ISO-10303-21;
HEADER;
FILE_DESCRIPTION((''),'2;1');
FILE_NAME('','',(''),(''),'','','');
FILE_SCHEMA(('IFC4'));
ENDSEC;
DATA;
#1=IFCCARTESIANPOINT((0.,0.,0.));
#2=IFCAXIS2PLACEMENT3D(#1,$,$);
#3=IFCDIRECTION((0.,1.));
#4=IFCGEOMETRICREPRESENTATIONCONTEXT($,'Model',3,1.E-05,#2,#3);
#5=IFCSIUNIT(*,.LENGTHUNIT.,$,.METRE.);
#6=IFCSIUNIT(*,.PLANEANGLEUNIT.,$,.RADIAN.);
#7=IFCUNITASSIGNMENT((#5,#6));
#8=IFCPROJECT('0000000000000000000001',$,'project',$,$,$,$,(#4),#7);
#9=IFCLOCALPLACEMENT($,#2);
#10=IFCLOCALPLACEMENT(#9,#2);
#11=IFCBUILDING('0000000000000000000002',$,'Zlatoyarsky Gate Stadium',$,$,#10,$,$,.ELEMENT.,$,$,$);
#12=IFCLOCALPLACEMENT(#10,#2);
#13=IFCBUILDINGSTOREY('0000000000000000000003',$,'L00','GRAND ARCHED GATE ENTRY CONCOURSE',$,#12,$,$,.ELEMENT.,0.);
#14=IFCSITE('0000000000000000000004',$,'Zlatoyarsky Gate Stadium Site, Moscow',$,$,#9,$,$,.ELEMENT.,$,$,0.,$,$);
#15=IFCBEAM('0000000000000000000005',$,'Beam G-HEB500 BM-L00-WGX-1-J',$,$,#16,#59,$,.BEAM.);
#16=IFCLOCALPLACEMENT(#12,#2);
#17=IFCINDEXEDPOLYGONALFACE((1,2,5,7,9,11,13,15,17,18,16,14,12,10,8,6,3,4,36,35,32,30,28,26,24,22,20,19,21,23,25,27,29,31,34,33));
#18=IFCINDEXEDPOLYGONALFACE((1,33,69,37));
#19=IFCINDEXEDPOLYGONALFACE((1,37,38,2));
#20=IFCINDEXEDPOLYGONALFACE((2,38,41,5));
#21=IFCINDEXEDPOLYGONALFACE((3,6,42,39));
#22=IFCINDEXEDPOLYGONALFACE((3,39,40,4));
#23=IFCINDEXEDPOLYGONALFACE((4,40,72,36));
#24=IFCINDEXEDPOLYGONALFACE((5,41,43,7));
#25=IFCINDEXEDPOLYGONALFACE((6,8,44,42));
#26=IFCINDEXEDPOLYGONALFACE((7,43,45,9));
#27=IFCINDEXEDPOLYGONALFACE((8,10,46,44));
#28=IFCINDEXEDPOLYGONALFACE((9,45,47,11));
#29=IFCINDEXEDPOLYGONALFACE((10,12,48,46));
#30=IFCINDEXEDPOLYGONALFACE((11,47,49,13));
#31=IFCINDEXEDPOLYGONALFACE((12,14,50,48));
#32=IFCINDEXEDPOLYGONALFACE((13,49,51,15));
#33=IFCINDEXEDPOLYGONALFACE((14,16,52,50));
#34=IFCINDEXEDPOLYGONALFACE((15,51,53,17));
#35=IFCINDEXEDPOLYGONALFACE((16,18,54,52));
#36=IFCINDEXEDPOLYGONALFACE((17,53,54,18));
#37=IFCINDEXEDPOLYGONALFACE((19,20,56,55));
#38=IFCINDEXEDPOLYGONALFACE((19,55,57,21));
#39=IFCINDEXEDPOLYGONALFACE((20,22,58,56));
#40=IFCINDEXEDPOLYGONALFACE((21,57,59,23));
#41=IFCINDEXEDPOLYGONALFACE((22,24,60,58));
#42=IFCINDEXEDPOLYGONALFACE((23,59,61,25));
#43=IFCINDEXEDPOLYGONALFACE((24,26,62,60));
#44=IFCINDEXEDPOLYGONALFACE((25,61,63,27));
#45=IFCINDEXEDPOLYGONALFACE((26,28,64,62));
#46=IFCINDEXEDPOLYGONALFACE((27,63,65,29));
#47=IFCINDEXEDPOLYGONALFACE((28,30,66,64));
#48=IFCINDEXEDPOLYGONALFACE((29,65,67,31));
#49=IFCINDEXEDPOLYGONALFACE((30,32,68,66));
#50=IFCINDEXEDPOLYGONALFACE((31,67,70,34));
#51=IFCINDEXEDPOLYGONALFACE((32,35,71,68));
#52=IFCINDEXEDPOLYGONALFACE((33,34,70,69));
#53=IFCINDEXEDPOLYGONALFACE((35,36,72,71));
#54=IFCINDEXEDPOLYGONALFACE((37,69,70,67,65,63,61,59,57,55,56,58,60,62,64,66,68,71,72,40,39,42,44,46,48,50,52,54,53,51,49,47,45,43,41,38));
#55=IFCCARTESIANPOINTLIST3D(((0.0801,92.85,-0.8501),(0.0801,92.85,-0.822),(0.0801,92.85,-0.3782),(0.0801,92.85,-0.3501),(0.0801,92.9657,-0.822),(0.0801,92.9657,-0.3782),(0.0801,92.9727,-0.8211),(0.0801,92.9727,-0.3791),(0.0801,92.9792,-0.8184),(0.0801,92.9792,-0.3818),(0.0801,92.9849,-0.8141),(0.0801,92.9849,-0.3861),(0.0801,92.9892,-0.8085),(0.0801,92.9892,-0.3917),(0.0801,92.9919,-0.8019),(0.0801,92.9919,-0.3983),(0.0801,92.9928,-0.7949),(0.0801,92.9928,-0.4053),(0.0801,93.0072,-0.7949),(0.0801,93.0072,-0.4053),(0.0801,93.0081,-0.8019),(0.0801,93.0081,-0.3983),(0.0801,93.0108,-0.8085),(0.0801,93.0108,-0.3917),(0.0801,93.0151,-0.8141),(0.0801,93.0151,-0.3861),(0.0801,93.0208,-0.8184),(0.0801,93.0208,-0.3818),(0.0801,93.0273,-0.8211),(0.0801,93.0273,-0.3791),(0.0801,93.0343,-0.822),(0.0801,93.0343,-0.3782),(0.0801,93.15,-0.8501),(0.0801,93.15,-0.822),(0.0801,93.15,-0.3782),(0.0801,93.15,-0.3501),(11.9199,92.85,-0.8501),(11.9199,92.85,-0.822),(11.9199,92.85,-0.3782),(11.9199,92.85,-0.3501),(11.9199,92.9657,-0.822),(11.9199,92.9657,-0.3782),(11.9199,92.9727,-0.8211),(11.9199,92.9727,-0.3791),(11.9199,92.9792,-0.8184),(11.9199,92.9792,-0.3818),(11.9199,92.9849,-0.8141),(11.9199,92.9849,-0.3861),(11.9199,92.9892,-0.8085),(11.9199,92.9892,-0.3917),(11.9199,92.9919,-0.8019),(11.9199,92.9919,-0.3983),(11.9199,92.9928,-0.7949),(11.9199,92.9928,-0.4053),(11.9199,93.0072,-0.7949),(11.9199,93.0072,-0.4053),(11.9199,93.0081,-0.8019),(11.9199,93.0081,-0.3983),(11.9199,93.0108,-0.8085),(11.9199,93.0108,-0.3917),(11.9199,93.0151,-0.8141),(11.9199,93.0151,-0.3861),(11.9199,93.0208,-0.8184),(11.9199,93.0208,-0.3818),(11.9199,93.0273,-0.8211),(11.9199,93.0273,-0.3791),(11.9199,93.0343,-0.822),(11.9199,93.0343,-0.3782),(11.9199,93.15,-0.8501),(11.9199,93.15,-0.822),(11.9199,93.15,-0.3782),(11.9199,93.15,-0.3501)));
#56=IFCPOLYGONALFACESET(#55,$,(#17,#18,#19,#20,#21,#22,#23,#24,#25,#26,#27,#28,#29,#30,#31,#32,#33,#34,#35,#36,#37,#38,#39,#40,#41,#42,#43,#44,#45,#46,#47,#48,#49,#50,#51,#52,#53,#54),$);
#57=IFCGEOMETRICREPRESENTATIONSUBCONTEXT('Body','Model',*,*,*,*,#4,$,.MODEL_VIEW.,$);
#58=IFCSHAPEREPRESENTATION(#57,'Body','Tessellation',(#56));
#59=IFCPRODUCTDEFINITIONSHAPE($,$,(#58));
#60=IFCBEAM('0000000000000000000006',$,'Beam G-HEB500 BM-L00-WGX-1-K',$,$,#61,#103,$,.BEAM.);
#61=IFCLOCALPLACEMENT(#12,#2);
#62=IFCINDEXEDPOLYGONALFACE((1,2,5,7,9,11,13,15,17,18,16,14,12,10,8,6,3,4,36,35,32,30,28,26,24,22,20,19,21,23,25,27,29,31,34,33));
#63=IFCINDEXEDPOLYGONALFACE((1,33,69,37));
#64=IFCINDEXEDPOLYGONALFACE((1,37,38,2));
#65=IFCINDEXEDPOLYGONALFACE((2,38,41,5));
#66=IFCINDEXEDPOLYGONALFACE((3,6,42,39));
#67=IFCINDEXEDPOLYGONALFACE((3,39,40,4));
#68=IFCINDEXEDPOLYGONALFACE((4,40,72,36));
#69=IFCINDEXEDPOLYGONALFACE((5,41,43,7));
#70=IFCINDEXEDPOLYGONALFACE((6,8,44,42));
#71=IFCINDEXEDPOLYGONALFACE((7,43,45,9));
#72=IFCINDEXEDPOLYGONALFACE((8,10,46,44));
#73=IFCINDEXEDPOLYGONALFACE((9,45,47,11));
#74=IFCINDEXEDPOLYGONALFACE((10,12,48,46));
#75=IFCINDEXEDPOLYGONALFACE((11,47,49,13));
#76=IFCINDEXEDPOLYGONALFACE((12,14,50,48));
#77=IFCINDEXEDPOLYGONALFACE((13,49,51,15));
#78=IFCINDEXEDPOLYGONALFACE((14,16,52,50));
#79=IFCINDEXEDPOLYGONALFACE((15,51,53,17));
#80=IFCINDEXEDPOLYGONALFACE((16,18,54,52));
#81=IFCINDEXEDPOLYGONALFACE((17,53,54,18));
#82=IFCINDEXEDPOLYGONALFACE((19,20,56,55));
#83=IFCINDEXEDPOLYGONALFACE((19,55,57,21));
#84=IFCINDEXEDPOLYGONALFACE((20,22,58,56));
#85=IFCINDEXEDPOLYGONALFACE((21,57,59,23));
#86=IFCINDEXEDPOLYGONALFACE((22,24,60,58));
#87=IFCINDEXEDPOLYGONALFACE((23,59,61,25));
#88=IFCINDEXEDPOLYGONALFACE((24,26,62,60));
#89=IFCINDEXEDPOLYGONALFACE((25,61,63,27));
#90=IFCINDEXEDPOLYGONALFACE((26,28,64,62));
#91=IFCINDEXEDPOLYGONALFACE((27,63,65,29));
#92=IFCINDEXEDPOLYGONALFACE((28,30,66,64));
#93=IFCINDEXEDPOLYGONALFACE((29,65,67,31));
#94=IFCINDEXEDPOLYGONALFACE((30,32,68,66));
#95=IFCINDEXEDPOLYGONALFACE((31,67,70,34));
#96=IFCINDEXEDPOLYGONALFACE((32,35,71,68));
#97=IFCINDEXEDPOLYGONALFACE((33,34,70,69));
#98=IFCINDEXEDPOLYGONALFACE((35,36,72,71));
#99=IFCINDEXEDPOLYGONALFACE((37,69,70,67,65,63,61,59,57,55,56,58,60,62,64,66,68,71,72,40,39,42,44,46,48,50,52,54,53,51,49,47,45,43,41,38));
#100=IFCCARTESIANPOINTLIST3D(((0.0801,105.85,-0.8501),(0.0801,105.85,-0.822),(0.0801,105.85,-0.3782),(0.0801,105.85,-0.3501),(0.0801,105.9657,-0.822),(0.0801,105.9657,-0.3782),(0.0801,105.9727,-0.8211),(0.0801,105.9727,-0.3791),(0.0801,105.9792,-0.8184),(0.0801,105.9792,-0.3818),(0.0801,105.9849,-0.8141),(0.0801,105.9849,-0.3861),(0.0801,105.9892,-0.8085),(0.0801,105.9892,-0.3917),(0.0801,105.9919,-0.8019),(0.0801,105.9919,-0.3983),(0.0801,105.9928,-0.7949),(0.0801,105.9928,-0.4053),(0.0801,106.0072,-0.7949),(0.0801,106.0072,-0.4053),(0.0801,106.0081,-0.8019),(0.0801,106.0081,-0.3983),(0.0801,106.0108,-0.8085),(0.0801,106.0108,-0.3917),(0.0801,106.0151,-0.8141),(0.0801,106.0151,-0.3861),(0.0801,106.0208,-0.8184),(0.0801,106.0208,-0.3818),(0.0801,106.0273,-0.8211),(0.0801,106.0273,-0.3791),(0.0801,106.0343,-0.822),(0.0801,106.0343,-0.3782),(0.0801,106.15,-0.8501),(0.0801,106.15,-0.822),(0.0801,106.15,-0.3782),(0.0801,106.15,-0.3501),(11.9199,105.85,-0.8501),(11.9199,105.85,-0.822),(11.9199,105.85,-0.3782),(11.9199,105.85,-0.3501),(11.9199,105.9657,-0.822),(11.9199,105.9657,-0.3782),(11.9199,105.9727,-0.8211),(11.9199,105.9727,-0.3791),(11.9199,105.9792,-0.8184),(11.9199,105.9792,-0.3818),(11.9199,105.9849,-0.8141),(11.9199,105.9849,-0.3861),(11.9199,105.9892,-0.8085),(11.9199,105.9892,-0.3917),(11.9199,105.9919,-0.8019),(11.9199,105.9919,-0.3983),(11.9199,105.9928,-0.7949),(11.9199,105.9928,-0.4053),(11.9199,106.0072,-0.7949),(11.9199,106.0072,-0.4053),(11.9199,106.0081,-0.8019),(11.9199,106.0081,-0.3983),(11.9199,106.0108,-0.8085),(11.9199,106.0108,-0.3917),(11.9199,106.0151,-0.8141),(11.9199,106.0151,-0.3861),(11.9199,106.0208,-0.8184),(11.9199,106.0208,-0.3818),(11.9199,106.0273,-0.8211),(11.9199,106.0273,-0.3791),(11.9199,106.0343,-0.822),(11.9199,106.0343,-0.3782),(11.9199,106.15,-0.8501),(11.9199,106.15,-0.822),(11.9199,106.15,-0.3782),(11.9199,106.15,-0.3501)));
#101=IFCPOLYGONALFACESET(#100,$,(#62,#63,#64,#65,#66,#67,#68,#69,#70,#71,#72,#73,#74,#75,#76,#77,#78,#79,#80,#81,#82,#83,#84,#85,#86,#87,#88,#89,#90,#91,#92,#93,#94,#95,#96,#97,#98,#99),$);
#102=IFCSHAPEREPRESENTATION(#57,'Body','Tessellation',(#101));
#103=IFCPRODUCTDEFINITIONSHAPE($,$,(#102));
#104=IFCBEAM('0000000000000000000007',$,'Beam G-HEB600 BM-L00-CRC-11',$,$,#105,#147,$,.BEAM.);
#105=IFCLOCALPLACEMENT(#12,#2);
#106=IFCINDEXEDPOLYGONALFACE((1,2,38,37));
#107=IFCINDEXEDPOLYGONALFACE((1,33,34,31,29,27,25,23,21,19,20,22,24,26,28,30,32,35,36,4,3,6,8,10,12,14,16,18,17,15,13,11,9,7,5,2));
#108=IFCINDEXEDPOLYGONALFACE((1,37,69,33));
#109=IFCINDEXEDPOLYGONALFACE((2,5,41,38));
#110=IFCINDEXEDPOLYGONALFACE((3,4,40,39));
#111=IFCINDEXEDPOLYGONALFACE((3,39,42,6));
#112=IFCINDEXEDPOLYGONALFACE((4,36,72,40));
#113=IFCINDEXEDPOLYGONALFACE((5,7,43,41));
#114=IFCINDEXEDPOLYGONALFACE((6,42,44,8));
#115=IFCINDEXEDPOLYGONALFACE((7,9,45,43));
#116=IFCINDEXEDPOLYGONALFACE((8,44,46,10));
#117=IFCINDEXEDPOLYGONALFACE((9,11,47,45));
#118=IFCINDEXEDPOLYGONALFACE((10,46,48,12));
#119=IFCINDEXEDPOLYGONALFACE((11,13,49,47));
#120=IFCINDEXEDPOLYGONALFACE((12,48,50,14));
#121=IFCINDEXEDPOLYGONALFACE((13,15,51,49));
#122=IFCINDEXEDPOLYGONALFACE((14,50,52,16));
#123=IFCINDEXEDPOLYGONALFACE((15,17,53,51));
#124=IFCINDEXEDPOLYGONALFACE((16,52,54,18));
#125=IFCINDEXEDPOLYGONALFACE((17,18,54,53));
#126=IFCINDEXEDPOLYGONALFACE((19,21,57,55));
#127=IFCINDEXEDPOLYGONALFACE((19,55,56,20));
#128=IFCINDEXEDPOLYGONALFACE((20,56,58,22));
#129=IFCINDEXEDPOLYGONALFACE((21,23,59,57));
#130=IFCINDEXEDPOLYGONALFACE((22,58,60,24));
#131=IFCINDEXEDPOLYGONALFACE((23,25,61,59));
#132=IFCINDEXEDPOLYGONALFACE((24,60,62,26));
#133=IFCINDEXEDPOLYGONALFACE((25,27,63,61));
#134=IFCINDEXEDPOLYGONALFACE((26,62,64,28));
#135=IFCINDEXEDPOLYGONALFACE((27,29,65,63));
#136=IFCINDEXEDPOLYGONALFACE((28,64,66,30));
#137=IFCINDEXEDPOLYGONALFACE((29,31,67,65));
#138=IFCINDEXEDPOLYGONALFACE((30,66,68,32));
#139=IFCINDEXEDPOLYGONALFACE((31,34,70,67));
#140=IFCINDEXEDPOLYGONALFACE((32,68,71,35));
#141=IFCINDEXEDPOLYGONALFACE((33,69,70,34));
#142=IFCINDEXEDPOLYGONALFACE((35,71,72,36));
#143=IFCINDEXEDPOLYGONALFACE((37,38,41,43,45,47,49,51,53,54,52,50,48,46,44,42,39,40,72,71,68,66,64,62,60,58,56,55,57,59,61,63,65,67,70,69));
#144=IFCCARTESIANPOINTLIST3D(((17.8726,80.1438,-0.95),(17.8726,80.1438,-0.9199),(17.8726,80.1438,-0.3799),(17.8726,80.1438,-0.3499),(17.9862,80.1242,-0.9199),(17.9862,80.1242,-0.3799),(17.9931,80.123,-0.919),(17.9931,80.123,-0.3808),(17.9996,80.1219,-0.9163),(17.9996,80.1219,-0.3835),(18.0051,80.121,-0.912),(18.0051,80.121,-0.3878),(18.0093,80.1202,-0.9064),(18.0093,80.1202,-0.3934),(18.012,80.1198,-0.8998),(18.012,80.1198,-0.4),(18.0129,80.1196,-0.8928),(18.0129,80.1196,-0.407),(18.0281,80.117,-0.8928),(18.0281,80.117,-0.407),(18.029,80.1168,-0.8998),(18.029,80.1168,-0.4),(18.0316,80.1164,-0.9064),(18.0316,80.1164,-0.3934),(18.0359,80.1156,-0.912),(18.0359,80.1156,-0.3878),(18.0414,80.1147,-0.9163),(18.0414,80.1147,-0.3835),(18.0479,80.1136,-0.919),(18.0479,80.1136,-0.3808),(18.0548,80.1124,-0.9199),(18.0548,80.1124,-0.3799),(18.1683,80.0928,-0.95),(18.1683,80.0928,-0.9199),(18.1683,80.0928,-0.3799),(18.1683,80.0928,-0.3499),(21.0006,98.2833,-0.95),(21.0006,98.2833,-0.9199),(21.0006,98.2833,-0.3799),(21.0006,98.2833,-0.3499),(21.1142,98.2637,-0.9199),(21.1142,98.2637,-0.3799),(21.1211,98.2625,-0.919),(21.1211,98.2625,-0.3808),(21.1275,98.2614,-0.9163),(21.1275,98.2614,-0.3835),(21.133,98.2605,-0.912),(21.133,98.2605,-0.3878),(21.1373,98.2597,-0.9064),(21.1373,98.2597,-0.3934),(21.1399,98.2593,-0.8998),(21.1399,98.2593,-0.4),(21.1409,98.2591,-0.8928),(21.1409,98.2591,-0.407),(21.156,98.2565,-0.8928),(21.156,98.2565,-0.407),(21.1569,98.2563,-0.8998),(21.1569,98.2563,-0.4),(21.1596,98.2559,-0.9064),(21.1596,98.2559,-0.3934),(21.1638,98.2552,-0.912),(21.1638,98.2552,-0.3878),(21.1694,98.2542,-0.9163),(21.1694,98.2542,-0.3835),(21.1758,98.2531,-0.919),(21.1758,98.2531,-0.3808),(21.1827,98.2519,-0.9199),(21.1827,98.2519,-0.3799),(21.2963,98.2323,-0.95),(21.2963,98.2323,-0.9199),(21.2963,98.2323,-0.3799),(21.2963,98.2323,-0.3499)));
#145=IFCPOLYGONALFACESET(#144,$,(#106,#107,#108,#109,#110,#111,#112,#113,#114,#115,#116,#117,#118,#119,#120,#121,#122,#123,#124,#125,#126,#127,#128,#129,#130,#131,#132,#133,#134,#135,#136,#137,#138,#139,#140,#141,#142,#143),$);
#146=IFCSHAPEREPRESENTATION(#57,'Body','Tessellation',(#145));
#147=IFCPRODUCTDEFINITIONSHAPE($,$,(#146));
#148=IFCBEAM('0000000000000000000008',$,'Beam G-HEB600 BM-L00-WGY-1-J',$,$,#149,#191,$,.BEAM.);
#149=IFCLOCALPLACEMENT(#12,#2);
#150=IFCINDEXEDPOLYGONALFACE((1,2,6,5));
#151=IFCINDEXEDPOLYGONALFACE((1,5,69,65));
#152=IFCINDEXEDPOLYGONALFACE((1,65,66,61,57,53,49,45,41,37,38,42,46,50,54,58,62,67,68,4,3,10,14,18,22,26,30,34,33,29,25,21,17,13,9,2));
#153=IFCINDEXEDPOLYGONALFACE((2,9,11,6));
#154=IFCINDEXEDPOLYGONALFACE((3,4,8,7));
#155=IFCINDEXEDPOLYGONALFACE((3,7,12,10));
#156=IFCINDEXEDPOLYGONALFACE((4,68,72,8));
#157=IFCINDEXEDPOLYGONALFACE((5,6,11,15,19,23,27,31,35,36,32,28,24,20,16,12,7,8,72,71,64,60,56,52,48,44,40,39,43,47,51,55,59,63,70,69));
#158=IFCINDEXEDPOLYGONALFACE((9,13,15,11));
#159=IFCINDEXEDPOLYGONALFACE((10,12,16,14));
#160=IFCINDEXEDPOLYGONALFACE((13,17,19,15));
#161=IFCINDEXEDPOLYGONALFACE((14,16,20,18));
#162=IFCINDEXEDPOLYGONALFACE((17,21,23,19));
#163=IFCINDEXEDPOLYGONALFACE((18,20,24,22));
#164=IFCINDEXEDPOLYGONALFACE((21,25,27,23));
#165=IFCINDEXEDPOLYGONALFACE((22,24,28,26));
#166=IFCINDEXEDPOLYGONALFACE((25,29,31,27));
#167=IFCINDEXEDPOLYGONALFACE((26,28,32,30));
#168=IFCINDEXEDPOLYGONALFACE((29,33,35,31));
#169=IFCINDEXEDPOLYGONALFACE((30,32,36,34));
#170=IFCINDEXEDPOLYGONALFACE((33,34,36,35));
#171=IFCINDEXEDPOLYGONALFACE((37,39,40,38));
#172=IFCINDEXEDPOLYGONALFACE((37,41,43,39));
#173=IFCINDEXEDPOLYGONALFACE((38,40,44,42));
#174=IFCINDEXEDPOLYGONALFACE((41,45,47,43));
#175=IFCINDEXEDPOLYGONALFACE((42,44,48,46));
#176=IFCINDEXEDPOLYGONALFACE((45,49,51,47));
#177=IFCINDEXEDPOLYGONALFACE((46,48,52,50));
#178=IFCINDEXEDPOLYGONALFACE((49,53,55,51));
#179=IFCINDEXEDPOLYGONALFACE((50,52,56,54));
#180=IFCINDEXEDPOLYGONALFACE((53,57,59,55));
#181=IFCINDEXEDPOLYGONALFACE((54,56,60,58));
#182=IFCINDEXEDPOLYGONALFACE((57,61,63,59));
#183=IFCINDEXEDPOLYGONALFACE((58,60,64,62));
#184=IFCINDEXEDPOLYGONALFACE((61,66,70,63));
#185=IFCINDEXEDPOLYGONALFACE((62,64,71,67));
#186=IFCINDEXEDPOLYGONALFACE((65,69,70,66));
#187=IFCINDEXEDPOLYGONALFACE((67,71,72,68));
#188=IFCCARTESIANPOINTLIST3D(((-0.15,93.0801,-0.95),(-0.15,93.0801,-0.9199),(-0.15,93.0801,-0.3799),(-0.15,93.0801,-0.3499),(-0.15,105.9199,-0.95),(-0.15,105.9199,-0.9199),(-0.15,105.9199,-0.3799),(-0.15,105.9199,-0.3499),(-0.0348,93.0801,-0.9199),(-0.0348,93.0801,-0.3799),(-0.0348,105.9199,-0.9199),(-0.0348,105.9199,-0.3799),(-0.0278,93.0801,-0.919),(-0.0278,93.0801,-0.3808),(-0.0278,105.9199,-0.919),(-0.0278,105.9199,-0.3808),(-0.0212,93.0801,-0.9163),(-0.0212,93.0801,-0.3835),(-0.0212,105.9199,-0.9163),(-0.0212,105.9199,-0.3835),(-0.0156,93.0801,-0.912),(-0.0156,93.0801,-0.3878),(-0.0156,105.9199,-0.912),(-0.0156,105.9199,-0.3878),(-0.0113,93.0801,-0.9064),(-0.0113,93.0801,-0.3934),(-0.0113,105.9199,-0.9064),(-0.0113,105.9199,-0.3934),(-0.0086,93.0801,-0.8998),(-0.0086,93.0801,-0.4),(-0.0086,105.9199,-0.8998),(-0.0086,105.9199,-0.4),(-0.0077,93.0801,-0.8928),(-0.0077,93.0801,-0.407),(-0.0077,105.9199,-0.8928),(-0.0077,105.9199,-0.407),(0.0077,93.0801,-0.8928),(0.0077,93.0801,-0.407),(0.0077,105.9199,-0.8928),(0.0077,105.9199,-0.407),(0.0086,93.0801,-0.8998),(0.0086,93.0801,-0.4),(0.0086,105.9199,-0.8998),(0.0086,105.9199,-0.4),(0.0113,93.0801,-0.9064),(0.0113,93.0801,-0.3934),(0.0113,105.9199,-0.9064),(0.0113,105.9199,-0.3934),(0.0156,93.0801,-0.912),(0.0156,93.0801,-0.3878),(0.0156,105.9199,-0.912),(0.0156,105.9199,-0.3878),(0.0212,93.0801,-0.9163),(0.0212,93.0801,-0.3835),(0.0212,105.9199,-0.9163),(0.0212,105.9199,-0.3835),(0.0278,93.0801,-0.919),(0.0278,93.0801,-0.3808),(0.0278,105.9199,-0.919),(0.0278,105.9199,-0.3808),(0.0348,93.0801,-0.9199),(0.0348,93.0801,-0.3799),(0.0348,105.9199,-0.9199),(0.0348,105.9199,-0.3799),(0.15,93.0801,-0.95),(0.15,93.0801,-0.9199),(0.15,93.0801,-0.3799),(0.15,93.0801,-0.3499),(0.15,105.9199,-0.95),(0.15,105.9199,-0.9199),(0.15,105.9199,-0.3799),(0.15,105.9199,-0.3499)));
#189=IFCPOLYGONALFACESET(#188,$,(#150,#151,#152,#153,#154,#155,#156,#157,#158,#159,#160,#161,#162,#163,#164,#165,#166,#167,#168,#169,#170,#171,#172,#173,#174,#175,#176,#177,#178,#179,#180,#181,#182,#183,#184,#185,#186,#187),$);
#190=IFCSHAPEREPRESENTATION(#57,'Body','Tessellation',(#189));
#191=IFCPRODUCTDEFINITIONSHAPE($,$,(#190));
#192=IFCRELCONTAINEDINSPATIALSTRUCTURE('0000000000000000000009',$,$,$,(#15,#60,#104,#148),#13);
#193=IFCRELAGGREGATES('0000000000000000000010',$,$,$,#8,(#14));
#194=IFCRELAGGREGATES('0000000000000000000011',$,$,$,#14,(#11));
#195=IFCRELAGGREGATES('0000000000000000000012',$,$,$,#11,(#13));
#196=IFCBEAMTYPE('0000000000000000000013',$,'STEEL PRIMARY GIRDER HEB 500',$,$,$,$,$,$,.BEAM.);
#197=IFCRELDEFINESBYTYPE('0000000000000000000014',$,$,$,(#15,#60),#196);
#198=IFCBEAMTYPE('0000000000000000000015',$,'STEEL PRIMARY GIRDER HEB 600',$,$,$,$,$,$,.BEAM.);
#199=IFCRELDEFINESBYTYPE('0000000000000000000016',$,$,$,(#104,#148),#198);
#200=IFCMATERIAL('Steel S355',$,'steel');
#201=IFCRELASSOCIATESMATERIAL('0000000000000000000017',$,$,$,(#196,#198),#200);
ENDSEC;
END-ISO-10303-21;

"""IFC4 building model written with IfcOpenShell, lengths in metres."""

from ifc_helpers import new_model, si_unit, direction, frame, origin, origin_2d, place, context, subcontext, project, spatial, i_section, extrude, material, material_profile, profile_set, type_object, element, save


model = new_model("IFC4")

# Units and contexts
model_context = context("Model", 3, precision=1e-05, world=origin(), true_north=direction((0.0, 1.0)))
body_context = subcontext(model_context, "Body", "Model", "MODEL_VIEW")
ifc_project = project(units=[si_unit("LENGTHUNIT", "METRE"), si_unit("PLANEANGLEUNIT", "RADIAN")], contexts=[model_context])

# Site, building, storey
site_placement = place(None, origin())
site = spatial("IfcSite", under=ifc_project, at=site_placement, Name="Zlatoyarsky Gate Stadium Site, Moscow", CompositionType="ELEMENT", RefElevation=0.0)
building_placement = place(site_placement, origin())
building = spatial("IfcBuilding", under=site, at=building_placement, Name="Zlatoyarsky Gate Stadium", CompositionType="ELEMENT")
storey_placement = place(building_placement, origin())
storey = spatial("IfcBuildingStorey", under=building, at=storey_placement, Name="L00", Description="GRAND ARCHED GATE ENTRY CONCOURSE", CompositionType="ELEMENT", Elevation=0.0)

# Shared definitions
ifc_material_1 = material(Name="Steel S355", Category="steel")

# Beams
ifc_material_profile_1 = material_profile(ifc_material_1, i_section(OverallWidth=0.3, OverallDepth=0.5, WebThickness=0.0144, FlangeThickness=0.0281, FilletRadius=0.0271, at=origin_2d()), Name="HEB 500")
ifc_profile_set_1 = profile_set([ifc_material_profile_1], Name="Steel S355")
beam_type_1 = type_object("IfcBeamType", Name="STEEL PRIMARY GIRDER HEB 500", PredefinedType="BEAM", material=ifc_profile_set_1)
for number, where, z_axis, x_axis, name in (
    (1, (0.0801, 93.0, -0.6001), (1.0, 0.0, 0.0), (0.0, 1.0, 0.0), "Beam G-HEB500 BM-L00-WGX-1-J"),
    (2, (0.0801, 106.0, -0.6001), (1.0, 0.0, 0.0), (0.0, 1.0, 0.0), "Beam G-HEB500 BM-L00-WGX-1-K"),
):
    element("IfcBeam", number, at=place(storey_placement, frame(where, z_axis=z_axis, x_axis=x_axis)), inside=storey, type_object=beam_type_1, Name=name, PredefinedType="BEAM", context=body_context, shape_type="SweptSolid", body=[
        extrude(i_section(OverallWidth=0.3, OverallDepth=0.5, WebThickness=0.0144, FlangeThickness=0.0281, FilletRadius=0.0271, at=origin_2d()), origin(), (0.0, 0.0, 1.0), 11.8398),
    ])
ifc_material_profile_2 = material_profile(ifc_material_1, i_section(OverallWidth=0.3, OverallDepth=0.6001, WebThickness=0.0154, FlangeThickness=0.03, FilletRadius=0.0271, at=origin_2d()), Name="HEB 600")
ifc_profile_set_2 = profile_set([ifc_material_profile_2], Name="Steel S355")
beam_type_2 = type_object("IfcBeamType", Name="STEEL PRIMARY GIRDER HEB 600", PredefinedType="BEAM", material=ifc_profile_set_2)
beam_placement = place(storey_placement, frame((21.1484, 98.2578, -0.6499), z_axis=(-0.16993, -0.985456, 0.0), x_axis=(0.985456, -0.16993, 0.0)))
element("IfcBeam", 3, at=beam_placement, inside=storey, type_object=beam_type_2, Name="Beam G-HEB600 BM-L00-CRC-11", PredefinedType="BEAM", context=body_context, shape_type="SweptSolid", body=[
    extrude(i_section(OverallWidth=0.3, OverallDepth=0.6001, WebThickness=0.0154, FlangeThickness=0.03, FilletRadius=0.0271, at=origin_2d()), origin(), (0.0, 0.0, 1.0), 18.4072),
])
for number, where, z_axis, x_axis, name in (
    (4, (0.0, 93.0801, -0.6499), (0.0, 1.0, 0.0), (-1.0, 0.0, 0.0), "Beam G-HEB600 BM-L00-WGY-1-J"),
):
    element("IfcBeam", number, at=place(storey_placement, frame(where, z_axis=z_axis, x_axis=x_axis)), inside=storey, type_object=beam_type_2, Name=name, PredefinedType="BEAM", context=body_context, shape_type="SweptSolid", body=[
        extrude(i_section(OverallWidth=0.3, OverallDepth=0.6001, WebThickness=0.0154, FlangeThickness=0.03, FilletRadius=0.0271, at=origin_2d()), origin(), (0.0, 0.0, 1.0), 12.8398),
    ])

save(model, "model.ifc")
